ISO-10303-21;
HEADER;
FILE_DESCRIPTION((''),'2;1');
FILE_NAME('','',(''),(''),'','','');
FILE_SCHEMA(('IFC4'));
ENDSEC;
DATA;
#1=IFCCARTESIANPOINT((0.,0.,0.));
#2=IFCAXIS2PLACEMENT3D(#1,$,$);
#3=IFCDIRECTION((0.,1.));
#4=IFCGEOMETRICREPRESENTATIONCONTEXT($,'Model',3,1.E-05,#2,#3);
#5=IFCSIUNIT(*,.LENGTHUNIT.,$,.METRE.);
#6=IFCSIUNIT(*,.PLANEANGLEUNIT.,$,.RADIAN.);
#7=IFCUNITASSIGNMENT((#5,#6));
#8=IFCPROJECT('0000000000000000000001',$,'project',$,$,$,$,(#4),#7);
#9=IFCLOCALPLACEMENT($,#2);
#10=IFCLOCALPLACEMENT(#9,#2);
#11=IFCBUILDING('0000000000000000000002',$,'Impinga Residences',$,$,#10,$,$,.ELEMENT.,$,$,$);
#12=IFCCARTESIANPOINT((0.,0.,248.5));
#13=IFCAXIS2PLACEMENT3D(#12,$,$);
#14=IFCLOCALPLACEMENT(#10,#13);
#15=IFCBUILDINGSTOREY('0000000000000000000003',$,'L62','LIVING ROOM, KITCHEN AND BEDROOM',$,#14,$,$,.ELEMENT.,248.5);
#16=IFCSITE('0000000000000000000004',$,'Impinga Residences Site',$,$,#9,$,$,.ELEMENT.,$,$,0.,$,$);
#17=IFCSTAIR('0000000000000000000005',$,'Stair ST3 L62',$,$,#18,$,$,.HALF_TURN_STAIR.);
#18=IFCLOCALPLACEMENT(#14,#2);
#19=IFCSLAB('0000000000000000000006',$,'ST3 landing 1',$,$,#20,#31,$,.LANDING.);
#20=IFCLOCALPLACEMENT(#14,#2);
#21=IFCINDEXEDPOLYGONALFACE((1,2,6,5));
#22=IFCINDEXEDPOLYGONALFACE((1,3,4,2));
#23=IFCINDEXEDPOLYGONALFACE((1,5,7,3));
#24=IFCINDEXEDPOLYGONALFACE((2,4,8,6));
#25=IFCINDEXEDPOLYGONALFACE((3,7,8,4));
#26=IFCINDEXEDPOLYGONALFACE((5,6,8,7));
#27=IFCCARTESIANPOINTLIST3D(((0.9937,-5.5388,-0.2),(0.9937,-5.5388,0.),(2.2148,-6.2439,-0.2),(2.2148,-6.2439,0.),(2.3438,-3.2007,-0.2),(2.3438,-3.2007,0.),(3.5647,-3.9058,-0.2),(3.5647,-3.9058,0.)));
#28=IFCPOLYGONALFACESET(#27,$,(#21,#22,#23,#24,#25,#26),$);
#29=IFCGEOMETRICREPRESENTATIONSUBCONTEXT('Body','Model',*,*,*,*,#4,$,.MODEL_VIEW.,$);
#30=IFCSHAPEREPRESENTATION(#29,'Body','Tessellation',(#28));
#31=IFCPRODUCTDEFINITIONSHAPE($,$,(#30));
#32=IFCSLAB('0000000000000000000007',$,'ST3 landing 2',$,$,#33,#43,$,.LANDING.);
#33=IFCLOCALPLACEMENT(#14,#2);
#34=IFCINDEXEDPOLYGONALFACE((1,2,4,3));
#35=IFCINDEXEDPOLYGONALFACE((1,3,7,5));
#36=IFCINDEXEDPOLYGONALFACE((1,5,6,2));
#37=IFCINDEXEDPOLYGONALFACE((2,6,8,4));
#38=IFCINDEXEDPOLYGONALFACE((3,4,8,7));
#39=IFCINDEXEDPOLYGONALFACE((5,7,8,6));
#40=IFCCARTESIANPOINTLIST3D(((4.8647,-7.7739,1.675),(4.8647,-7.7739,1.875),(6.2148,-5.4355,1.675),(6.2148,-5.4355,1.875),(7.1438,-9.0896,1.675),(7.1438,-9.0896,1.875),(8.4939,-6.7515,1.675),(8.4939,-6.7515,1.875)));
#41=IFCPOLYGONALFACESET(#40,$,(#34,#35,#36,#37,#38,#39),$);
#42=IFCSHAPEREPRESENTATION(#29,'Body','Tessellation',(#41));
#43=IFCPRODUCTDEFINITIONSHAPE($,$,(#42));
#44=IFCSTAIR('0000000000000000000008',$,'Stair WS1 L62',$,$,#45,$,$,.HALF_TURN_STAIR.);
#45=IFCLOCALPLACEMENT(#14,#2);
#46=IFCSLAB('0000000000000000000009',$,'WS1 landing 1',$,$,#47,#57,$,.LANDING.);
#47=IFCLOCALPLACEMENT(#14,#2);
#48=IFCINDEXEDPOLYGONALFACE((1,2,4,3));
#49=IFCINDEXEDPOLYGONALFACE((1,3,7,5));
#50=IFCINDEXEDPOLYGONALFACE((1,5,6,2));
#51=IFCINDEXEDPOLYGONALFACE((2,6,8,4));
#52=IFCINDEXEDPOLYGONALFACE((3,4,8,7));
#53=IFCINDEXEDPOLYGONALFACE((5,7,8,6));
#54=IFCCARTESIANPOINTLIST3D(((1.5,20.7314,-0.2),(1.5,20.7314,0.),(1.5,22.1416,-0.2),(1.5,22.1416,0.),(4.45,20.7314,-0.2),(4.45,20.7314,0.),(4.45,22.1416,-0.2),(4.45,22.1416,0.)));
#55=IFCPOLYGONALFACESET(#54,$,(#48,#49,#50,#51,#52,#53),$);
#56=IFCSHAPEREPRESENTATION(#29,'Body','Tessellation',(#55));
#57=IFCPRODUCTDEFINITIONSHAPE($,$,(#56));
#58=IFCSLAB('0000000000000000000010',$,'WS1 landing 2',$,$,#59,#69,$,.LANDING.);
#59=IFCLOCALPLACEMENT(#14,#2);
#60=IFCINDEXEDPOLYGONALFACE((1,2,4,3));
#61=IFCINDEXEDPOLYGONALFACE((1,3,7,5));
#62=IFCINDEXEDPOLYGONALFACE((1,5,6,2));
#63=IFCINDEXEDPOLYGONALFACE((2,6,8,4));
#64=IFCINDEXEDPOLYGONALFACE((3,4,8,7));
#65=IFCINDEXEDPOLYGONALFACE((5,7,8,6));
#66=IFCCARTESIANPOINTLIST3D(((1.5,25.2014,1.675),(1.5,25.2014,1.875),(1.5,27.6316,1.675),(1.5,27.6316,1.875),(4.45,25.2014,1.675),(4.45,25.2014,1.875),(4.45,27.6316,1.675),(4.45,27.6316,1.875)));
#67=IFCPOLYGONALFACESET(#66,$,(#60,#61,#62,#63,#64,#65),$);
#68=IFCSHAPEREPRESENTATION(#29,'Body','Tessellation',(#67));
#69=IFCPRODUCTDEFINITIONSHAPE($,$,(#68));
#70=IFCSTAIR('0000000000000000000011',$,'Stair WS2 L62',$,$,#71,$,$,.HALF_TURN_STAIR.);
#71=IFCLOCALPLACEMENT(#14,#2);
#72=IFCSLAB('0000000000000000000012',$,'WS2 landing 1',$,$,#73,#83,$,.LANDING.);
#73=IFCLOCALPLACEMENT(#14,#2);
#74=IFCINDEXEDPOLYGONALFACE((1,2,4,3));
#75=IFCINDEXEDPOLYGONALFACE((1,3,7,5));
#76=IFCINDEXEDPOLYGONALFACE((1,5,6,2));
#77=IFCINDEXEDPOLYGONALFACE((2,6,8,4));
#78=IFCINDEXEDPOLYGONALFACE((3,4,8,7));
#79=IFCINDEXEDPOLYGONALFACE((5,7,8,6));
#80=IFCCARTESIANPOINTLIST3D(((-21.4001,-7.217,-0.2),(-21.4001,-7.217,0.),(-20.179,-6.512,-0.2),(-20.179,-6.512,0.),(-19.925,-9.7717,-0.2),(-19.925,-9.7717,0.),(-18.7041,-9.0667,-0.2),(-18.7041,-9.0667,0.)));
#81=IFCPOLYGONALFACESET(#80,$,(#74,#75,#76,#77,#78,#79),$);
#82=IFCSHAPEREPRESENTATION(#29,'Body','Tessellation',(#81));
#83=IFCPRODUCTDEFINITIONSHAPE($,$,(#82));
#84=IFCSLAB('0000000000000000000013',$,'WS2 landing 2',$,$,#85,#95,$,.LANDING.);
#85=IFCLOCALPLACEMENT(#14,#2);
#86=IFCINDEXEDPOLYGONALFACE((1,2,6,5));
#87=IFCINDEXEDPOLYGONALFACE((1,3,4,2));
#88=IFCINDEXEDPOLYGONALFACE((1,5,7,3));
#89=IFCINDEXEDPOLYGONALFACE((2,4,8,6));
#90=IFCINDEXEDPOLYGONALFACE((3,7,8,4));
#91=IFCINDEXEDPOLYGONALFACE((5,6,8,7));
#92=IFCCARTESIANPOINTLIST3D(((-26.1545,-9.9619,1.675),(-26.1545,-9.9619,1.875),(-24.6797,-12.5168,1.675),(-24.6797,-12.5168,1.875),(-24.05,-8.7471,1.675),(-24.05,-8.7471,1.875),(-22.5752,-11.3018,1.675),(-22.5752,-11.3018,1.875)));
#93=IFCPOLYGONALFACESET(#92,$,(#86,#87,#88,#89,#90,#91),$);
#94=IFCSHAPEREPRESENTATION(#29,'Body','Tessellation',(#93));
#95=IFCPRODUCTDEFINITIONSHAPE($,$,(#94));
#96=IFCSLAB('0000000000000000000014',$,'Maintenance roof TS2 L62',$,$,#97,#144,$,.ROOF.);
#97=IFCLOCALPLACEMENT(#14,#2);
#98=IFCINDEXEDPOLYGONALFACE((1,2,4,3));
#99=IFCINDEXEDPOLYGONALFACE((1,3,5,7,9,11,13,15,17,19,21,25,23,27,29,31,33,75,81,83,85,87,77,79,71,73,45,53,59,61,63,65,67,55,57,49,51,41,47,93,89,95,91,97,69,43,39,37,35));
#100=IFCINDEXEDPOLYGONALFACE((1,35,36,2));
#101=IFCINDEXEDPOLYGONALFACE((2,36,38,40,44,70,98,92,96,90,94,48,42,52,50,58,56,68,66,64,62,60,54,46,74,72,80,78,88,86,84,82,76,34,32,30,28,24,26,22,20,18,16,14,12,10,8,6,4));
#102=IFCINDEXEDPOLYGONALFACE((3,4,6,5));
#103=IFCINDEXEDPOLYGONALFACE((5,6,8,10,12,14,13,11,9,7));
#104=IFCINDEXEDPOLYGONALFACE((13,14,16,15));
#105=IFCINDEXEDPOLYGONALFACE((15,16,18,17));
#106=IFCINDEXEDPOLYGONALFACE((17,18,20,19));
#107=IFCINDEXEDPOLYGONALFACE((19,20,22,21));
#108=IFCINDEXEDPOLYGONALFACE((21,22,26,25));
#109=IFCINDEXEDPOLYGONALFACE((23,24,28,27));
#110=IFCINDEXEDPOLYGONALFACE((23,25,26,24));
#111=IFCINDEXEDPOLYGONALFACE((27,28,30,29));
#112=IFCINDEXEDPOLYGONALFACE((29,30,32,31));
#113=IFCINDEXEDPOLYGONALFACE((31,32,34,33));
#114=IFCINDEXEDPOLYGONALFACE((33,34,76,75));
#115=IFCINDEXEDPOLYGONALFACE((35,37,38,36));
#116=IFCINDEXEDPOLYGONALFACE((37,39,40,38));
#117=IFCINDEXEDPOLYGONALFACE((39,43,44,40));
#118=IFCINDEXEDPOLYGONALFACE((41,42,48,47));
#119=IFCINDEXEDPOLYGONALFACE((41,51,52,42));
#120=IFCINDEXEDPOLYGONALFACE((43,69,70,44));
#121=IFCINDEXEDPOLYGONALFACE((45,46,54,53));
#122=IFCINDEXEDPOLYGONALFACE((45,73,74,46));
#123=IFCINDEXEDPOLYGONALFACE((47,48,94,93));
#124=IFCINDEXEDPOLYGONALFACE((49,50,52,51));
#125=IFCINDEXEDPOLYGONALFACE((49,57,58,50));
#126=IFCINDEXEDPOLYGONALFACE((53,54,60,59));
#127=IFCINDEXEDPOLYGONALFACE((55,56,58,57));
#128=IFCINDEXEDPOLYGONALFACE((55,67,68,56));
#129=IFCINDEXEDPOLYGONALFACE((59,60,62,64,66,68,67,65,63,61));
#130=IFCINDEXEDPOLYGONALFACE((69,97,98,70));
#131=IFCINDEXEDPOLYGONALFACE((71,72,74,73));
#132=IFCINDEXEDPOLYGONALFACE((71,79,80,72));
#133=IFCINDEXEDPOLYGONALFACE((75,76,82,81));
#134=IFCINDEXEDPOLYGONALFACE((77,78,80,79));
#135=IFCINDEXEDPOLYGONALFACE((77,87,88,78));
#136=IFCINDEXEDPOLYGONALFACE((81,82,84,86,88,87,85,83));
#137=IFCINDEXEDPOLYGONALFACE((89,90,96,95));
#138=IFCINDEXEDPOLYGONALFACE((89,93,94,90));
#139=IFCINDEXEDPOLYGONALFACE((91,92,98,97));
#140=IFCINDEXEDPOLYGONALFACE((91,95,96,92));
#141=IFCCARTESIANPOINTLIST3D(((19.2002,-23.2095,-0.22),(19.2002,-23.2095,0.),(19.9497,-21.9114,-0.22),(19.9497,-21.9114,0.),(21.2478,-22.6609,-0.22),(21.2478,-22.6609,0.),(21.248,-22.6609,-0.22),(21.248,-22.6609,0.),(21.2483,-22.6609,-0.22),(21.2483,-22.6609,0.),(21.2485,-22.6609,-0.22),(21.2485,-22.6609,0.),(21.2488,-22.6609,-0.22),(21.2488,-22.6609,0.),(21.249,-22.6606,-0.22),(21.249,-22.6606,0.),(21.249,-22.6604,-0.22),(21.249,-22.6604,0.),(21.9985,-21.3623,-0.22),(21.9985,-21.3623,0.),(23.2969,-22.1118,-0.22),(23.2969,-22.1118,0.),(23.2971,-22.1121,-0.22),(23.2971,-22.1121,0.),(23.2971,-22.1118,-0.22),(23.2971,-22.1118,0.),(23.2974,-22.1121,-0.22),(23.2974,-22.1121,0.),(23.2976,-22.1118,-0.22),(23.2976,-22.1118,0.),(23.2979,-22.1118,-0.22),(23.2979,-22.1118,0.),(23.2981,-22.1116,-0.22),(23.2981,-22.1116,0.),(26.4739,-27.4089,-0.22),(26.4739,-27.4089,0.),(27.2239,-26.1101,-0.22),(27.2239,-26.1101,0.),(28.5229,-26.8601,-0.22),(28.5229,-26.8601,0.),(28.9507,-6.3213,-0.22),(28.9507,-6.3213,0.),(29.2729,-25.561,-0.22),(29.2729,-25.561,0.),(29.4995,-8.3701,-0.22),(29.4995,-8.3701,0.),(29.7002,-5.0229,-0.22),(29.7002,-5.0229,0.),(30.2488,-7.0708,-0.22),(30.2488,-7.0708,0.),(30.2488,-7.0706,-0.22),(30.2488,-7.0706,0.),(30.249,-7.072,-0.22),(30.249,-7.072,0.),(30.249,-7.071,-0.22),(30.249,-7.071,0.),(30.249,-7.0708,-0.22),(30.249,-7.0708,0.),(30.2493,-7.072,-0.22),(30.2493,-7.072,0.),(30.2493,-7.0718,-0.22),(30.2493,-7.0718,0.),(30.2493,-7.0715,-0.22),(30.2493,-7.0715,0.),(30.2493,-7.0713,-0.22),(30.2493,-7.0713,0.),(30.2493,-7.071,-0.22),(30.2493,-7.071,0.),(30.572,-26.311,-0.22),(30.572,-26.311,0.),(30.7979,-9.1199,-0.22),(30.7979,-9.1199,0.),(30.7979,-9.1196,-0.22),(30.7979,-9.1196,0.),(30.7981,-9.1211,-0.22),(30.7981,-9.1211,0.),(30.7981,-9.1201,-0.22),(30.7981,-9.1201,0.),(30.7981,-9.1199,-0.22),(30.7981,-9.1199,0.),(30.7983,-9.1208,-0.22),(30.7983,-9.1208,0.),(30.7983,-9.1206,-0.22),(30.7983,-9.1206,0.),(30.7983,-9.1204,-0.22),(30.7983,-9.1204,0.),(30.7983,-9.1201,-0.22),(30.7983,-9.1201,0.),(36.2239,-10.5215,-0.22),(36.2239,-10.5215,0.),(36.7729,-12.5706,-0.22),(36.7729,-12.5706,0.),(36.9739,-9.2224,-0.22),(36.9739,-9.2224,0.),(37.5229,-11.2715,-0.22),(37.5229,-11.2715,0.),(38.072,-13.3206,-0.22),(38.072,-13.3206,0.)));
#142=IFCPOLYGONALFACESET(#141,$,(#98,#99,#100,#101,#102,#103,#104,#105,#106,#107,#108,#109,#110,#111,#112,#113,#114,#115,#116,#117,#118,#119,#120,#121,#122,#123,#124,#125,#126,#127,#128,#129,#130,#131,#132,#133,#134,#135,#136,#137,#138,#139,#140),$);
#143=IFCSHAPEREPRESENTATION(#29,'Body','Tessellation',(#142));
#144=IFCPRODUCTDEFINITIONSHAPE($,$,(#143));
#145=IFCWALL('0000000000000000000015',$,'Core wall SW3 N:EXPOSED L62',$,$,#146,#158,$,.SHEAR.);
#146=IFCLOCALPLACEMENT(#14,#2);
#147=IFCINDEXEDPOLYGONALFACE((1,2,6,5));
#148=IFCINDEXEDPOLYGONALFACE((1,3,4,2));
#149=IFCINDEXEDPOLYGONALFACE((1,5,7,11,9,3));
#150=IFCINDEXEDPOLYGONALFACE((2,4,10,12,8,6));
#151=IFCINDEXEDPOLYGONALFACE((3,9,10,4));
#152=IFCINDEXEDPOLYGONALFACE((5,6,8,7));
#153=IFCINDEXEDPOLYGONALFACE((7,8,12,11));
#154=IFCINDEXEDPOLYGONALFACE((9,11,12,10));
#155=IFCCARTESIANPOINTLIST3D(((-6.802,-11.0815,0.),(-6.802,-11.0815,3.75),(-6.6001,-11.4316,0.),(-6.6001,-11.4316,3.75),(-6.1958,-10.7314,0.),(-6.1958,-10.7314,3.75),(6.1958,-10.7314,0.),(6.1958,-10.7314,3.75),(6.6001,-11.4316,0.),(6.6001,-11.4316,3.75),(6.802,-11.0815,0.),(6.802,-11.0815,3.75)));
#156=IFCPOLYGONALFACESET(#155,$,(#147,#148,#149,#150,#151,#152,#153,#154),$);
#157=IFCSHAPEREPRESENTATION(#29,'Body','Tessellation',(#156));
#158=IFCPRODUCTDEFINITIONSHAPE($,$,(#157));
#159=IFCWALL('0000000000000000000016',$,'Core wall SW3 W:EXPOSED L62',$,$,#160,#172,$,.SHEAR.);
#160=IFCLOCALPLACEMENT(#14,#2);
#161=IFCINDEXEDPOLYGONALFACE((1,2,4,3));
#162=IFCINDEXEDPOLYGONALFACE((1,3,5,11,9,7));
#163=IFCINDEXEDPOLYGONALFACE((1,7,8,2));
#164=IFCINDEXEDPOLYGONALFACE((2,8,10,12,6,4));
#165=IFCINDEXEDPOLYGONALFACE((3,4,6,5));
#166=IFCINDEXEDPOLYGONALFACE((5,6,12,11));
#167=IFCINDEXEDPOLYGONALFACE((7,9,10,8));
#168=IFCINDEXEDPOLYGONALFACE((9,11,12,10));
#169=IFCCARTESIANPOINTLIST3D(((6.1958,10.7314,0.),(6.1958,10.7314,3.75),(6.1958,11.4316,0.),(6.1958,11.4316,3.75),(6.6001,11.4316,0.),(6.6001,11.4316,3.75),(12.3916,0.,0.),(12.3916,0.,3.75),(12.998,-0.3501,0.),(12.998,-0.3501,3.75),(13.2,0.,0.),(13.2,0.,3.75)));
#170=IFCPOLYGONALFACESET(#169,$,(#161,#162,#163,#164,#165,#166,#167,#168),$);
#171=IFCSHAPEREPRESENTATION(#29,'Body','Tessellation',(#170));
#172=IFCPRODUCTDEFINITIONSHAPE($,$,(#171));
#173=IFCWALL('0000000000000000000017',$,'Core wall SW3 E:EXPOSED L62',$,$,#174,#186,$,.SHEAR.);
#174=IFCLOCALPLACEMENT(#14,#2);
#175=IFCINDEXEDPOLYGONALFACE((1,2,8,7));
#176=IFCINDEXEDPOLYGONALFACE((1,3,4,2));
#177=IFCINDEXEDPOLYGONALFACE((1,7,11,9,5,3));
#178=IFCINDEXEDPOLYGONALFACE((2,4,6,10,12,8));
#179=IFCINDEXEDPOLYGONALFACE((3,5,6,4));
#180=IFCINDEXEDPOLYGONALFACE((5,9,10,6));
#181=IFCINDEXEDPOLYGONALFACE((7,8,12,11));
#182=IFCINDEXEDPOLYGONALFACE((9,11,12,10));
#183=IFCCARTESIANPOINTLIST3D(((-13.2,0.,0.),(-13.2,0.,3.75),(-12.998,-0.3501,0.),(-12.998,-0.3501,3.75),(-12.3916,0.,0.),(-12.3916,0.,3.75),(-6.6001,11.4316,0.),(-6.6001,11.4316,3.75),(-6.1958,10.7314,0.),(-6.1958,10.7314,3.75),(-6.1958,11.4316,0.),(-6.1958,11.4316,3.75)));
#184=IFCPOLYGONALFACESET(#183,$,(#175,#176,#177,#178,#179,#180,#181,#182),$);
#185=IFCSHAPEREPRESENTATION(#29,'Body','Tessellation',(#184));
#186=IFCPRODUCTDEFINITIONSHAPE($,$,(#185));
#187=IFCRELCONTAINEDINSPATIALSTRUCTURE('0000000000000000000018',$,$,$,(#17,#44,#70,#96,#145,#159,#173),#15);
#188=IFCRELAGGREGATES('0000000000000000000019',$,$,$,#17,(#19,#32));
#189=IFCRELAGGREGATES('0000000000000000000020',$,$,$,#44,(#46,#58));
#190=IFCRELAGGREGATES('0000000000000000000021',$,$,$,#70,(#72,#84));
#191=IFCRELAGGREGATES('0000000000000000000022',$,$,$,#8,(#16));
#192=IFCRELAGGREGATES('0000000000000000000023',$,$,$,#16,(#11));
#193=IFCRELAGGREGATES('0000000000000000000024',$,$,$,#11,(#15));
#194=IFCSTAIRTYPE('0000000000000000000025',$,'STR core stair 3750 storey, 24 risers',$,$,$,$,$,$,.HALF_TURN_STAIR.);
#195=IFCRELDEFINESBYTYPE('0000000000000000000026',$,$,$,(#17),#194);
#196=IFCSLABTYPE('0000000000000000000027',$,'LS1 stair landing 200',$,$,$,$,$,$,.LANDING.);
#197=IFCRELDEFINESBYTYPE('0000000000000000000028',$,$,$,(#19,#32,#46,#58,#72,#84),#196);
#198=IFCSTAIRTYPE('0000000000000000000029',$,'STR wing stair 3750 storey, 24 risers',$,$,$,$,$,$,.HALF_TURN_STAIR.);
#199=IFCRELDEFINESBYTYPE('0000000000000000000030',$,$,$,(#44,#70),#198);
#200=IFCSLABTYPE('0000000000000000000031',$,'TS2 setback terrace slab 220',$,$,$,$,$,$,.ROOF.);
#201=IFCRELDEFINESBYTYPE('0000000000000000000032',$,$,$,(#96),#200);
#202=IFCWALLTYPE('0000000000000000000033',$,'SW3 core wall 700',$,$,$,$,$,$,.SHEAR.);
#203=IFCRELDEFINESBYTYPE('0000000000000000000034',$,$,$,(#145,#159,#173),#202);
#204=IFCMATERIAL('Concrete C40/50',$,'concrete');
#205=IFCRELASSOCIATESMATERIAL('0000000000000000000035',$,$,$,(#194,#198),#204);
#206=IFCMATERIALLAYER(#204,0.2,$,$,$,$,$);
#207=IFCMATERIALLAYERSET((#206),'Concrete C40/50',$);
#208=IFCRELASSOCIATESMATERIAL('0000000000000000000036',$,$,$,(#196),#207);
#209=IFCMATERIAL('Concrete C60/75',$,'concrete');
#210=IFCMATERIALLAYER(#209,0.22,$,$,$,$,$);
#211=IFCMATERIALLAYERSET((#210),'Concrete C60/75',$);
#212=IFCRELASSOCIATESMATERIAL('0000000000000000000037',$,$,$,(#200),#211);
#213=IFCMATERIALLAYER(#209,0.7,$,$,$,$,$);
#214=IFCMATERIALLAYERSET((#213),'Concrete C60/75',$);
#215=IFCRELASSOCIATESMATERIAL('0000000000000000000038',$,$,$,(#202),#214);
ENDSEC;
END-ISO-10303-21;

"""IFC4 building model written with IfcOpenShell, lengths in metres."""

from ifc_helpers import new_model, si_unit, direction, frame, origin, place, context, subcontext, project, spatial, polyline, outline, extrude, material, layer, layer_set, type_object, element, aggregate, save


model = new_model("IFC4")

# Units and contexts
model_context = context("Model", 3, precision=1e-05, world=origin(), true_north=direction((0.0, 1.0)))
body_context = subcontext(model_context, "Body", "Model", "MODEL_VIEW")
ifc_project = project(units=[si_unit("LENGTHUNIT", "METRE"), si_unit("PLANEANGLEUNIT", "RADIAN")], contexts=[model_context])

# Site, building, storey
site_placement = place(None, origin())
site = spatial("IfcSite", under=ifc_project, at=site_placement, Name="Impinga Residences Site", CompositionType="ELEMENT", RefElevation=0.0)
building_placement = place(site_placement, origin())
building = spatial("IfcBuilding", under=site, at=building_placement, Name="Impinga Residences", CompositionType="ELEMENT")
storey_placement = place(building_placement, frame((0.0, 0.0, 248.5)))
storey = spatial("IfcBuildingStorey", under=building, at=storey_placement, Name="L62", Description="LIVING ROOM, KITCHEN AND BEDROOM", CompositionType="ELEMENT", Elevation=248.5)

# Shared definitions
ifc_material_1 = material(Name="Concrete C60/75", Category="concrete")

# Stairs, slabs
ifc_material_2 = material(Name="Concrete C40/50", Category="concrete")
stair_type_1 = type_object("IfcStairType", Name="STR core stair 3750 storey, 24 risers", PredefinedType="HALF_TURN_STAIR", material=ifc_material_2)
ifc_layer_1 = layer(ifc_material_2, 0.2)
ifc_layer_set_1 = layer_set([ifc_layer_1], Name="Concrete C40/50")
slab_type_1 = type_object("IfcSlabType", Name="LS1 stair landing 200", PredefinedType="LANDING", material=ifc_layer_set_1)
stair_1_placement = place(storey_placement, origin())
stair_1 = element("IfcStair", 1, at=stair_1_placement, inside=storey, type_object=stair_type_1, Name="Stair ST3 L62", PredefinedType="HALF_TURN_STAIR")
slab_1_placement = place(storey_placement, frame((0.0, 0.0, -0.2)))
slab_1 = element("IfcSlab", 2, at=slab_1_placement, type_object=slab_type_1, Name="ST3 landing 1", PredefinedType="LANDING", context=body_context, shape_type="SweptSolid", body=[
    extrude(outline(polyline([(2.3438, -3.2007), (0.9937, -5.5388), (2.2148, -6.2439), (3.5647, -3.9058), (2.3438, -3.2007)])), origin(), (0.0, 0.0, 1.0), 0.2),
])
slab_2_placement = place(storey_placement, frame((0.0, 0.0, 1.675)))
slab_2 = element("IfcSlab", 3, at=slab_2_placement, type_object=slab_type_1, Name="ST3 landing 2", PredefinedType="LANDING", context=body_context, shape_type="SweptSolid", body=[
    extrude(outline(polyline([(6.2148, -5.4355), (4.8647, -7.7739), (7.1438, -9.0896), (8.4939, -6.7515), (6.2148, -5.4355)])), origin(), (0.0, 0.0, 1.0), 0.2),
])
aggregate(stair_1, [slab_1, slab_2])
stair_type_2 = type_object("IfcStairType", Name="STR wing stair 3750 storey, 24 risers", PredefinedType="HALF_TURN_STAIR", material=ifc_material_2)
stair_2_placement = place(storey_placement, origin())
stair_2 = element("IfcStair", 4, at=stair_2_placement, inside=storey, type_object=stair_type_2, Name="Stair WS1 L62", PredefinedType="HALF_TURN_STAIR")
slab_3_placement = place(storey_placement, frame((0.0, 0.0, -0.2)))
slab_3 = element("IfcSlab", 5, at=slab_3_placement, type_object=slab_type_1, Name="WS1 landing 1", PredefinedType="LANDING", context=body_context, shape_type="SweptSolid", body=[
    extrude(outline(polyline([(1.5, 20.7314), (4.45, 20.7314), (4.45, 22.1416), (1.5, 22.1416), (1.5, 20.7314)])), origin(), (0.0, 0.0, 1.0), 0.2),
])
slab_4_placement = place(storey_placement, frame((0.0, 0.0, 1.675)))
slab_4 = element("IfcSlab", 6, at=slab_4_placement, type_object=slab_type_1, Name="WS1 landing 2", PredefinedType="LANDING", context=body_context, shape_type="SweptSolid", body=[
    extrude(outline(polyline([(1.5, 25.2014), (4.45, 25.2014), (4.45, 27.6316), (1.5, 27.6316), (1.5, 25.2014)])), origin(), (0.0, 0.0, 1.0), 0.2),
])
aggregate(stair_2, [slab_3, slab_4])
stair_3_placement = place(storey_placement, origin())
stair_3 = element("IfcStair", 7, at=stair_3_placement, inside=storey, type_object=stair_type_2, Name="Stair WS2 L62", PredefinedType="HALF_TURN_STAIR")
slab_5_placement = place(storey_placement, frame((0.0, 0.0, -0.2)))
slab_5 = element("IfcSlab", 8, at=slab_5_placement, type_object=slab_type_1, Name="WS2 landing 1", PredefinedType="LANDING", context=body_context, shape_type="SweptSolid", body=[
    extrude(outline(polyline([(-18.7041, -9.0667), (-20.179, -6.512), (-21.4001, -7.217), (-19.925, -9.7717), (-18.7041, -9.0667)])), origin(), (0.0, 0.0, 1.0), 0.2),
])
slab_6_placement = place(storey_placement, frame((0.0, 0.0, 1.675)))
slab_6 = element("IfcSlab", 9, at=slab_6_placement, type_object=slab_type_1, Name="WS2 landing 2", PredefinedType="LANDING", context=body_context, shape_type="SweptSolid", body=[
    extrude(outline(polyline([(-22.5752, -11.3018), (-24.05, -8.7471), (-26.1545, -9.9619), (-24.6797, -12.5168), (-22.5752, -11.3018)])), origin(), (0.0, 0.0, 1.0), 0.2),
])
aggregate(stair_3, [slab_5, slab_6])

# Slab
ifc_layer_2 = layer(ifc_material_1, 0.22)
ifc_layer_set_2 = layer_set([ifc_layer_2], Name="Concrete C60/75")
slab_type_2 = type_object("IfcSlabType", Name="TS2 setback terrace slab 220", PredefinedType="ROOF", material=ifc_layer_set_2)
slab_7_placement = place(storey_placement, frame((0.0, 0.0, -0.22)))
element("IfcSlab", 10, at=slab_7_placement, inside=storey, type_object=slab_type_2, Name="Maintenance roof TS2 L62", PredefinedType="ROOF", context=body_context, shape_type="SweptSolid", body=[
    extrude(outline(polyline([(36.2239, -10.5215), (37.5229, -11.2715), (36.7729, -12.5706), (38.072, -13.3206), (30.572, -26.311), (29.2729, -25.561), (28.5229, -26.8601), (27.2239, -26.1101), (26.4739, -27.4089), (19.2002, -23.2095), (19.2002, -23.2095), (19.9497, -21.9114), (21.2478, -22.6609), (21.2478, -22.6609), (21.248, -22.6609), (21.248, -22.6609), (21.248, -22.6609), (21.2483, -22.6609), (21.2483, -22.6609), (21.2485, -22.6609), (21.2485, -22.6609), (21.2485, -22.6609), (21.2488, -22.6609), (21.2488, -22.6609), (21.2488, -22.6609), (21.249, -22.6606), (21.249, -22.6606), (21.249, -22.6606), (21.249, -22.6604), (21.9985, -21.3623), (23.2969, -22.1118), (23.2969, -22.1118), (23.2969, -22.1118), (23.2971, -22.1118), (23.2971, -22.1121), (23.2974, -22.1121), (23.2974, -22.1121), (23.2974, -22.1121), (23.2976, -22.1118), (23.2976, -22.1118), (23.2979, -22.1118), (23.2979, -22.1118), (23.2979, -22.1118), (23.2981, -22.1116), (23.2981, -22.1116), (23.2981, -22.1116), (23.2981, -22.1116), (30.7981, -9.1211), (30.7981, -9.1211), (30.7983, -9.1208), (30.7983, -9.1208), (30.7983, -9.1206), (30.7983, -9.1206), (30.7983, -9.1206), (30.7983, -9.1204), (30.7983, -9.1204), (30.7983, -9.1201), (30.7981, -9.1201), (30.7981, -9.1201), (30.7981, -9.1199), (30.7981, -9.1199), (30.7979, -9.1199), (30.7979, -9.1199), (30.7979, -9.1196), (29.4995, -8.3701), (30.249, -7.072), (30.2493, -7.072), (30.2493, -7.0718), (30.2493, -7.0718), (30.2493, -7.0718), (30.2493, -7.0715), (30.2493, -7.0715), (30.2493, -7.0713), (30.2493, -7.0713), (30.2493, -7.0713), (30.2493, -7.071), (30.249, -7.071), (30.249, -7.071), (30.249, -7.0708), (30.249, -7.0708), (30.2488, -7.0708), (30.2488, -7.0706), (28.9507, -6.3213), (29.7002, -5.0229), (36.9739, -9.2224), (36.2239, -10.5215)])), origin(), (0.0, 0.0, 1.0), 0.22),
])

# Walls
ifc_layer_3 = layer(ifc_material_1, 0.7)
ifc_layer_set_3 = layer_set([ifc_layer_3], Name="Concrete C60/75")
wall_type_1 = type_object("IfcWallType", Name="SW3 core wall 700", PredefinedType="SHEAR", material=ifc_layer_set_3)
wall_1_placement = place(storey_placement, origin())
element("IfcWall", 11, at=wall_1_placement, inside=storey, type_object=wall_type_1, Name="Core wall SW3 N:EXPOSED L62", PredefinedType="SHEAR", context=body_context, shape_type="SweptSolid", body=[
    extrude(outline(polyline([(-6.6001, -11.4316), (6.6001, -11.4316), (6.802, -11.0815), (6.1958, -10.7314), (-6.1958, -10.7314), (-6.802, -11.0815), (-6.6001, -11.4316)])), origin(), (0.0, 0.0, 1.0), 3.75),
])
wall_2_placement = place(storey_placement, origin())
element("IfcWall", 12, at=wall_2_placement, inside=storey, type_object=wall_type_1, Name="Core wall SW3 W:EXPOSED L62", PredefinedType="SHEAR", context=body_context, shape_type="SweptSolid", body=[
    extrude(outline(polyline([(13.2, 0.0), (6.6001, 11.4316), (6.1958, 11.4316), (6.1958, 10.7314), (12.3916, 0.0), (12.998, -0.3501), (13.2, 0.0)])), origin(), (0.0, 0.0, 1.0), 3.75),
])
wall_3_placement = place(storey_placement, origin())
element("IfcWall", 13, at=wall_3_placement, inside=storey, type_object=wall_type_1, Name="Core wall SW3 E:EXPOSED L62", PredefinedType="SHEAR", context=body_context, shape_type="SweptSolid", body=[
    extrude(outline(polyline([(-6.6001, 11.4316), (-13.2, 0.0), (-12.998, -0.3501), (-12.3916, 0.0), (-6.1958, 10.7314), (-6.1958, 11.4316), (-6.6001, 11.4316)])), origin(), (0.0, 0.0, 1.0), 3.75),
])

save(model, "model.ifc")
